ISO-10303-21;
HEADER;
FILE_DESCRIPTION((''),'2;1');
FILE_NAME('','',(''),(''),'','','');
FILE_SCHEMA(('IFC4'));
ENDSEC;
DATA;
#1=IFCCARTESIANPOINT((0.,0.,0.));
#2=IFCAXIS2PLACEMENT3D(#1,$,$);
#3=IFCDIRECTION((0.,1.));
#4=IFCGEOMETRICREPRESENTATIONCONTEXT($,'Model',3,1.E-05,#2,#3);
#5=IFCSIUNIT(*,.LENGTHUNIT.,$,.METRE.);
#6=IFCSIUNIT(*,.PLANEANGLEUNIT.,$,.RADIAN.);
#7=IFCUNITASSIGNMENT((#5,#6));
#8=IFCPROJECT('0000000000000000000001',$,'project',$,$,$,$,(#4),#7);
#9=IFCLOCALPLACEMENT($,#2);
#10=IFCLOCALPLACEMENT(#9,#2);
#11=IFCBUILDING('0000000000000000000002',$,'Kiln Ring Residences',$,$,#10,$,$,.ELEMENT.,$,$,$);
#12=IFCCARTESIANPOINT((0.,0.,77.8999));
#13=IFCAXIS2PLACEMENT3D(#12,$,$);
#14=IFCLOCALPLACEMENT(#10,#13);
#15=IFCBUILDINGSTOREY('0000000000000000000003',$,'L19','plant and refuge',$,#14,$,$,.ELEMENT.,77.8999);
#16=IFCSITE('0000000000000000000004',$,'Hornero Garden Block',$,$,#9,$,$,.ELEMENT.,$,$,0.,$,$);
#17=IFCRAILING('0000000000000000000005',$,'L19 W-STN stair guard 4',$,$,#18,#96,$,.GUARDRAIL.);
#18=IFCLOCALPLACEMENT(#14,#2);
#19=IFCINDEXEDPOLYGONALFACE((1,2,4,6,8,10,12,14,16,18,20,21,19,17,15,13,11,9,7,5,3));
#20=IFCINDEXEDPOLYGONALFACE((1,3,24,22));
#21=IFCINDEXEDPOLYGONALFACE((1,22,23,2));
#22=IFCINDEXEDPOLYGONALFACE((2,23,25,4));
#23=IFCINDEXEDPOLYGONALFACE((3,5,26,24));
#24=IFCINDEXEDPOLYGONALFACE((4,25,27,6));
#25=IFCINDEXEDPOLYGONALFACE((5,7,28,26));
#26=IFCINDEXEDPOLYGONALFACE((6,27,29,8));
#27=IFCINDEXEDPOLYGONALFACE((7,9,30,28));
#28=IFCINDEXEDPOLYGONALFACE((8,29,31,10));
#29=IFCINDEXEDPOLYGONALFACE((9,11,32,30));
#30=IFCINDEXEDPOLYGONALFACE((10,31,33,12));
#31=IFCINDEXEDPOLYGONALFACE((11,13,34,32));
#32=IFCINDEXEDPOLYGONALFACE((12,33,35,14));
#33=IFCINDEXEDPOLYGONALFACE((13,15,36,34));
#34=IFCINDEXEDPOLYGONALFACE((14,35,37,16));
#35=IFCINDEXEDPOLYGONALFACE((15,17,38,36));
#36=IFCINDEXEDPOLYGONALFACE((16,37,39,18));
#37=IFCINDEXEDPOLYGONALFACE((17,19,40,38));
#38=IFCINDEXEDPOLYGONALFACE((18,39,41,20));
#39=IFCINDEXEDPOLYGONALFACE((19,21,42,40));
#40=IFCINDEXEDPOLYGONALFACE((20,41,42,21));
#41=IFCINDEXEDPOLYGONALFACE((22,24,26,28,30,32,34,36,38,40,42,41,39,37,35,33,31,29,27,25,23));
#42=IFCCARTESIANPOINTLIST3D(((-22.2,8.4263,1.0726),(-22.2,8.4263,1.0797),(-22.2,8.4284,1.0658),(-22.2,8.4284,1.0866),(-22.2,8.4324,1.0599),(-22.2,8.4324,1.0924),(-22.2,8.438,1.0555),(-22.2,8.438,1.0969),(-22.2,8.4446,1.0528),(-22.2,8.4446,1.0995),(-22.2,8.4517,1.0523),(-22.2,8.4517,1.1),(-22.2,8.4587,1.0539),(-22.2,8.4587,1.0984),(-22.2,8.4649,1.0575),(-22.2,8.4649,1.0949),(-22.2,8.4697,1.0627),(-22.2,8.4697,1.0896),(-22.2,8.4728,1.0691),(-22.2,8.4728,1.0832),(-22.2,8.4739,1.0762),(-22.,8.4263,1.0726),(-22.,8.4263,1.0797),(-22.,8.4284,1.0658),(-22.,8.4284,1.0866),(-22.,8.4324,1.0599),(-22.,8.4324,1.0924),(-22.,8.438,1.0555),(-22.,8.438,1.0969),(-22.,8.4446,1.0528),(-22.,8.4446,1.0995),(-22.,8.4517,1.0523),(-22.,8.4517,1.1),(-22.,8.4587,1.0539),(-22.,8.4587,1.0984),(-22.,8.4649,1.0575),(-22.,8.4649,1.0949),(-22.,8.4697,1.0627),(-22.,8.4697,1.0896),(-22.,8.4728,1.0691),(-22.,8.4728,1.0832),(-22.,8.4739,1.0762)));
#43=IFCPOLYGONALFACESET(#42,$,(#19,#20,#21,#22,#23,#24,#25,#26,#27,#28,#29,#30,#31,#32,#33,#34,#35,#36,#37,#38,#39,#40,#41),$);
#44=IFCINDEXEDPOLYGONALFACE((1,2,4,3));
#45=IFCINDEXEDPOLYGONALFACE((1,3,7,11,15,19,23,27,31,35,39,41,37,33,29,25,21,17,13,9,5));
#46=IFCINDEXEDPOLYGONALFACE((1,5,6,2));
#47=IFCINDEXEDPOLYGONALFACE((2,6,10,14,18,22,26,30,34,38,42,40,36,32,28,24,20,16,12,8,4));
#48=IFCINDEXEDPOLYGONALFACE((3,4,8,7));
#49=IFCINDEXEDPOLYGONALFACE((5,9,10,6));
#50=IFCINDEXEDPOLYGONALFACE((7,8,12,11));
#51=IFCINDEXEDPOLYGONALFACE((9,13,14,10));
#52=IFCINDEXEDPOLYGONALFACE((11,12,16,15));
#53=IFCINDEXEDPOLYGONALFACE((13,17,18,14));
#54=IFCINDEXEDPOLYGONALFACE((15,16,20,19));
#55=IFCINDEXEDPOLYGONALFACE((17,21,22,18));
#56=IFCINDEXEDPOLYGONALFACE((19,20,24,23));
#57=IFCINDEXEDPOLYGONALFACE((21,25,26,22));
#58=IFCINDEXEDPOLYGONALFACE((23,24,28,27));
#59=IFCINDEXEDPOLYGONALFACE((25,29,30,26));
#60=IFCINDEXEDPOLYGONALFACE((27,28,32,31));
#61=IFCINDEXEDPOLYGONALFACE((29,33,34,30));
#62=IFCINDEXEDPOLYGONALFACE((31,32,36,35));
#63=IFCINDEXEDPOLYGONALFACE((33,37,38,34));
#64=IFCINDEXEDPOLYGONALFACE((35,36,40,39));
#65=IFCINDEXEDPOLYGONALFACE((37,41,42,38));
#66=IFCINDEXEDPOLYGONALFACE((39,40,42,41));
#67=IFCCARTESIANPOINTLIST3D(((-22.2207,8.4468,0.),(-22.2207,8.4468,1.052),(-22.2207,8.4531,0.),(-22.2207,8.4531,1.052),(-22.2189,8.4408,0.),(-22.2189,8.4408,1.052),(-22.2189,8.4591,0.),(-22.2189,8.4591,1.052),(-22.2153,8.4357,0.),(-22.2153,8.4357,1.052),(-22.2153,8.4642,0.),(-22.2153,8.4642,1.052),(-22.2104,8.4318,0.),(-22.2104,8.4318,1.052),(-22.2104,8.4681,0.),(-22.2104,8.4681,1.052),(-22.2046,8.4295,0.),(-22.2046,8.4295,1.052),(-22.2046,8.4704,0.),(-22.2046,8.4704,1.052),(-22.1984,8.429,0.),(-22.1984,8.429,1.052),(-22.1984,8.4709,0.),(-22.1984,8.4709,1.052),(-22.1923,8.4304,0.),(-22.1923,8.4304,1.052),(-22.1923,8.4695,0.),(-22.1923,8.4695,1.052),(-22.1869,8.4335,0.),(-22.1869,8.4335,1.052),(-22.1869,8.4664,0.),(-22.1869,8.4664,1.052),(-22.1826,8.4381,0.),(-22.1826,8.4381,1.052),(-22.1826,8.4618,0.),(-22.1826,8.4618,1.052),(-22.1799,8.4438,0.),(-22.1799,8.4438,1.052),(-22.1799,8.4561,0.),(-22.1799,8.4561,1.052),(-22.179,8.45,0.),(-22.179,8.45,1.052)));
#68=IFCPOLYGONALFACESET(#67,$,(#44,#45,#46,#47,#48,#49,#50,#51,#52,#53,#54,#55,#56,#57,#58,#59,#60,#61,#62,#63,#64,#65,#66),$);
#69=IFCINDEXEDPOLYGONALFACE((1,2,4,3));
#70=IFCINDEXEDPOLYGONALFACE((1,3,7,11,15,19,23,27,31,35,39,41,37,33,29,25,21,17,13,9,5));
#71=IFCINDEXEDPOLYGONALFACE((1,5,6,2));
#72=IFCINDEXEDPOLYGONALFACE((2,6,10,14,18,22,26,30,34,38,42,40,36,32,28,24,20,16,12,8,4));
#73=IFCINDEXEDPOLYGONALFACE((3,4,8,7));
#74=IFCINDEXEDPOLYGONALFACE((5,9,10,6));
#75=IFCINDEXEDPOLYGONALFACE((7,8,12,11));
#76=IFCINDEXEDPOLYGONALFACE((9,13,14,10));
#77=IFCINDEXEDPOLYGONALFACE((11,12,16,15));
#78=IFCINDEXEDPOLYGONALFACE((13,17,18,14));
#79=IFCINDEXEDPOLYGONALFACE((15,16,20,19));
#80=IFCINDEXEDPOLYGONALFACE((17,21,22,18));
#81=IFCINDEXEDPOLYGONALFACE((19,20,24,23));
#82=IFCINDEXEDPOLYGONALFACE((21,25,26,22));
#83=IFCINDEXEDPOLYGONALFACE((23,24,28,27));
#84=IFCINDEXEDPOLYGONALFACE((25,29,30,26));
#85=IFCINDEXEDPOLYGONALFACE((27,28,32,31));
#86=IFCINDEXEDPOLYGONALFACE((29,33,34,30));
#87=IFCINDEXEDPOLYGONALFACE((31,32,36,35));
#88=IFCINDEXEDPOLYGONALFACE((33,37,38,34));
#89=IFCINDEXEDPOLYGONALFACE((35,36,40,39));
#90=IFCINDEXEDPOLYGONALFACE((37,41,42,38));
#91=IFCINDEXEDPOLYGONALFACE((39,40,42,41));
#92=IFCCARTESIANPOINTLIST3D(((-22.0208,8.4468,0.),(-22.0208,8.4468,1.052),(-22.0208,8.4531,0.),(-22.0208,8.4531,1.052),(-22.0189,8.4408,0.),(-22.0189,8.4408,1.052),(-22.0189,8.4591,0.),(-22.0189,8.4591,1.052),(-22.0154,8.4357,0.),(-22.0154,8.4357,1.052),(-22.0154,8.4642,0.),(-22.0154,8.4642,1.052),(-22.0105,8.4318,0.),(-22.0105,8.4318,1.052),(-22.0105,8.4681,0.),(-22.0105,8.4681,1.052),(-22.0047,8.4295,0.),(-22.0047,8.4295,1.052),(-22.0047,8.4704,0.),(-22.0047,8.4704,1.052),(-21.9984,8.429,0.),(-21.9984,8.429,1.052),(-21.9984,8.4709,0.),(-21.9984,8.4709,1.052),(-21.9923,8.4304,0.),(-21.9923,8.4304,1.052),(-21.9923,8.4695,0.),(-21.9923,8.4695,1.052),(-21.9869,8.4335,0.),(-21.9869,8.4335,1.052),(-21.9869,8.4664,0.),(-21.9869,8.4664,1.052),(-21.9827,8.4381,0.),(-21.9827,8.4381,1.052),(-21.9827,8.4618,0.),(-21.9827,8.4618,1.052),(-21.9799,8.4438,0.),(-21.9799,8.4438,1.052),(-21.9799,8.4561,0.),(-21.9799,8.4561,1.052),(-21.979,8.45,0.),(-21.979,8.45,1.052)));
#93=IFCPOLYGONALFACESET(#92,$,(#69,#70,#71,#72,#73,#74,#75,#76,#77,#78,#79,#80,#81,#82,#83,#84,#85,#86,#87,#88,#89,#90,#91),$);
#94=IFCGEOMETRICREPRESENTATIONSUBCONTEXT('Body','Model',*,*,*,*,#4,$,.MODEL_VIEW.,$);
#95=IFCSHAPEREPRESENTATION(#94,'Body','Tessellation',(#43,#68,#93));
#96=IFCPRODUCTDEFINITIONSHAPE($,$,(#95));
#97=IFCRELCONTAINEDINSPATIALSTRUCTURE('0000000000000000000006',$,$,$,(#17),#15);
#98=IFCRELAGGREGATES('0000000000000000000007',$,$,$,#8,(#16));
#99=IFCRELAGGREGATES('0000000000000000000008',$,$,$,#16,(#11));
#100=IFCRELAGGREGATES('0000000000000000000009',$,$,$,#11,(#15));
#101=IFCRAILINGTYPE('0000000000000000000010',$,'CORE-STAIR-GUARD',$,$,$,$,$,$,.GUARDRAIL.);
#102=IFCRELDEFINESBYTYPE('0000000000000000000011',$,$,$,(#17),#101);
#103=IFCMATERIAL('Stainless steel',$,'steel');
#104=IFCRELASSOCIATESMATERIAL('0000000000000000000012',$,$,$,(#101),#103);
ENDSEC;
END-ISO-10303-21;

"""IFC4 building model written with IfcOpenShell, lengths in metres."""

from ifc_helpers import new_model, si_unit, direction, frame, origin, origin_2d, place, context, subcontext, project, spatial, circle, extrude, material, type_object, element, save


model = new_model("IFC4")

# Units and contexts
model_context = context("Model", 3, precision=1e-05, world=origin(), true_north=direction((0.0, 1.0)))
body_context = subcontext(model_context, "Body", "Model", "MODEL_VIEW")
ifc_project = project(units=[si_unit("LENGTHUNIT", "METRE"), si_unit("PLANEANGLEUNIT", "RADIAN")], contexts=[model_context])

# Site, building, storey
site_placement = place(None, origin())
site = spatial("IfcSite", under=ifc_project, at=site_placement, Name="Hornero Garden Block", CompositionType="ELEMENT", RefElevation=0.0)
building_placement = place(site_placement, origin())
building = spatial("IfcBuilding", under=site, at=building_placement, Name="Kiln Ring Residences", CompositionType="ELEMENT")
storey_placement = place(building_placement, frame((0.0, 0.0, 77.8999)))
storey = spatial("IfcBuildingStorey", under=building, at=storey_placement, Name="L19", Description="plant and refuge", CompositionType="ELEMENT", Elevation=77.8999)

# Railing
ifc_material_1 = material(Name="Stainless steel", Category="steel")
railing_type_1 = type_object("IfcRailingType", Name="CORE-STAIR-GUARD", PredefinedType="GUARDRAIL", material=ifc_material_1)
railing_1_placement = place(storey_placement, frame((-22.2, 8.45, 0.0)))
element("IfcRailing", 1, at=railing_1_placement, inside=storey, type_object=railing_type_1, Name="L19 W-STN stair guard 4", PredefinedType="GUARDRAIL", context=body_context, shape_type="SweptSolid", body=[
    extrude(circle(Radius=0.0239, at=origin_2d()), frame((0.0, 0.0, 1.0762), z_axis=(1.0, 0.0, 0.0), x_axis=(0.0, 1.0, 0.0)), (0.0, 0.0, 1.0), 0.2),
    extrude(circle(Radius=0.021, at=origin_2d()), origin(), (0.0, 0.0, 1.0), 1.052),
    extrude(circle(Radius=0.021, at=origin_2d()), frame((0.2, 0.0, 0.0)), (0.0, 0.0, 1.0), 1.052),
])

save(model, "model.ifc")
